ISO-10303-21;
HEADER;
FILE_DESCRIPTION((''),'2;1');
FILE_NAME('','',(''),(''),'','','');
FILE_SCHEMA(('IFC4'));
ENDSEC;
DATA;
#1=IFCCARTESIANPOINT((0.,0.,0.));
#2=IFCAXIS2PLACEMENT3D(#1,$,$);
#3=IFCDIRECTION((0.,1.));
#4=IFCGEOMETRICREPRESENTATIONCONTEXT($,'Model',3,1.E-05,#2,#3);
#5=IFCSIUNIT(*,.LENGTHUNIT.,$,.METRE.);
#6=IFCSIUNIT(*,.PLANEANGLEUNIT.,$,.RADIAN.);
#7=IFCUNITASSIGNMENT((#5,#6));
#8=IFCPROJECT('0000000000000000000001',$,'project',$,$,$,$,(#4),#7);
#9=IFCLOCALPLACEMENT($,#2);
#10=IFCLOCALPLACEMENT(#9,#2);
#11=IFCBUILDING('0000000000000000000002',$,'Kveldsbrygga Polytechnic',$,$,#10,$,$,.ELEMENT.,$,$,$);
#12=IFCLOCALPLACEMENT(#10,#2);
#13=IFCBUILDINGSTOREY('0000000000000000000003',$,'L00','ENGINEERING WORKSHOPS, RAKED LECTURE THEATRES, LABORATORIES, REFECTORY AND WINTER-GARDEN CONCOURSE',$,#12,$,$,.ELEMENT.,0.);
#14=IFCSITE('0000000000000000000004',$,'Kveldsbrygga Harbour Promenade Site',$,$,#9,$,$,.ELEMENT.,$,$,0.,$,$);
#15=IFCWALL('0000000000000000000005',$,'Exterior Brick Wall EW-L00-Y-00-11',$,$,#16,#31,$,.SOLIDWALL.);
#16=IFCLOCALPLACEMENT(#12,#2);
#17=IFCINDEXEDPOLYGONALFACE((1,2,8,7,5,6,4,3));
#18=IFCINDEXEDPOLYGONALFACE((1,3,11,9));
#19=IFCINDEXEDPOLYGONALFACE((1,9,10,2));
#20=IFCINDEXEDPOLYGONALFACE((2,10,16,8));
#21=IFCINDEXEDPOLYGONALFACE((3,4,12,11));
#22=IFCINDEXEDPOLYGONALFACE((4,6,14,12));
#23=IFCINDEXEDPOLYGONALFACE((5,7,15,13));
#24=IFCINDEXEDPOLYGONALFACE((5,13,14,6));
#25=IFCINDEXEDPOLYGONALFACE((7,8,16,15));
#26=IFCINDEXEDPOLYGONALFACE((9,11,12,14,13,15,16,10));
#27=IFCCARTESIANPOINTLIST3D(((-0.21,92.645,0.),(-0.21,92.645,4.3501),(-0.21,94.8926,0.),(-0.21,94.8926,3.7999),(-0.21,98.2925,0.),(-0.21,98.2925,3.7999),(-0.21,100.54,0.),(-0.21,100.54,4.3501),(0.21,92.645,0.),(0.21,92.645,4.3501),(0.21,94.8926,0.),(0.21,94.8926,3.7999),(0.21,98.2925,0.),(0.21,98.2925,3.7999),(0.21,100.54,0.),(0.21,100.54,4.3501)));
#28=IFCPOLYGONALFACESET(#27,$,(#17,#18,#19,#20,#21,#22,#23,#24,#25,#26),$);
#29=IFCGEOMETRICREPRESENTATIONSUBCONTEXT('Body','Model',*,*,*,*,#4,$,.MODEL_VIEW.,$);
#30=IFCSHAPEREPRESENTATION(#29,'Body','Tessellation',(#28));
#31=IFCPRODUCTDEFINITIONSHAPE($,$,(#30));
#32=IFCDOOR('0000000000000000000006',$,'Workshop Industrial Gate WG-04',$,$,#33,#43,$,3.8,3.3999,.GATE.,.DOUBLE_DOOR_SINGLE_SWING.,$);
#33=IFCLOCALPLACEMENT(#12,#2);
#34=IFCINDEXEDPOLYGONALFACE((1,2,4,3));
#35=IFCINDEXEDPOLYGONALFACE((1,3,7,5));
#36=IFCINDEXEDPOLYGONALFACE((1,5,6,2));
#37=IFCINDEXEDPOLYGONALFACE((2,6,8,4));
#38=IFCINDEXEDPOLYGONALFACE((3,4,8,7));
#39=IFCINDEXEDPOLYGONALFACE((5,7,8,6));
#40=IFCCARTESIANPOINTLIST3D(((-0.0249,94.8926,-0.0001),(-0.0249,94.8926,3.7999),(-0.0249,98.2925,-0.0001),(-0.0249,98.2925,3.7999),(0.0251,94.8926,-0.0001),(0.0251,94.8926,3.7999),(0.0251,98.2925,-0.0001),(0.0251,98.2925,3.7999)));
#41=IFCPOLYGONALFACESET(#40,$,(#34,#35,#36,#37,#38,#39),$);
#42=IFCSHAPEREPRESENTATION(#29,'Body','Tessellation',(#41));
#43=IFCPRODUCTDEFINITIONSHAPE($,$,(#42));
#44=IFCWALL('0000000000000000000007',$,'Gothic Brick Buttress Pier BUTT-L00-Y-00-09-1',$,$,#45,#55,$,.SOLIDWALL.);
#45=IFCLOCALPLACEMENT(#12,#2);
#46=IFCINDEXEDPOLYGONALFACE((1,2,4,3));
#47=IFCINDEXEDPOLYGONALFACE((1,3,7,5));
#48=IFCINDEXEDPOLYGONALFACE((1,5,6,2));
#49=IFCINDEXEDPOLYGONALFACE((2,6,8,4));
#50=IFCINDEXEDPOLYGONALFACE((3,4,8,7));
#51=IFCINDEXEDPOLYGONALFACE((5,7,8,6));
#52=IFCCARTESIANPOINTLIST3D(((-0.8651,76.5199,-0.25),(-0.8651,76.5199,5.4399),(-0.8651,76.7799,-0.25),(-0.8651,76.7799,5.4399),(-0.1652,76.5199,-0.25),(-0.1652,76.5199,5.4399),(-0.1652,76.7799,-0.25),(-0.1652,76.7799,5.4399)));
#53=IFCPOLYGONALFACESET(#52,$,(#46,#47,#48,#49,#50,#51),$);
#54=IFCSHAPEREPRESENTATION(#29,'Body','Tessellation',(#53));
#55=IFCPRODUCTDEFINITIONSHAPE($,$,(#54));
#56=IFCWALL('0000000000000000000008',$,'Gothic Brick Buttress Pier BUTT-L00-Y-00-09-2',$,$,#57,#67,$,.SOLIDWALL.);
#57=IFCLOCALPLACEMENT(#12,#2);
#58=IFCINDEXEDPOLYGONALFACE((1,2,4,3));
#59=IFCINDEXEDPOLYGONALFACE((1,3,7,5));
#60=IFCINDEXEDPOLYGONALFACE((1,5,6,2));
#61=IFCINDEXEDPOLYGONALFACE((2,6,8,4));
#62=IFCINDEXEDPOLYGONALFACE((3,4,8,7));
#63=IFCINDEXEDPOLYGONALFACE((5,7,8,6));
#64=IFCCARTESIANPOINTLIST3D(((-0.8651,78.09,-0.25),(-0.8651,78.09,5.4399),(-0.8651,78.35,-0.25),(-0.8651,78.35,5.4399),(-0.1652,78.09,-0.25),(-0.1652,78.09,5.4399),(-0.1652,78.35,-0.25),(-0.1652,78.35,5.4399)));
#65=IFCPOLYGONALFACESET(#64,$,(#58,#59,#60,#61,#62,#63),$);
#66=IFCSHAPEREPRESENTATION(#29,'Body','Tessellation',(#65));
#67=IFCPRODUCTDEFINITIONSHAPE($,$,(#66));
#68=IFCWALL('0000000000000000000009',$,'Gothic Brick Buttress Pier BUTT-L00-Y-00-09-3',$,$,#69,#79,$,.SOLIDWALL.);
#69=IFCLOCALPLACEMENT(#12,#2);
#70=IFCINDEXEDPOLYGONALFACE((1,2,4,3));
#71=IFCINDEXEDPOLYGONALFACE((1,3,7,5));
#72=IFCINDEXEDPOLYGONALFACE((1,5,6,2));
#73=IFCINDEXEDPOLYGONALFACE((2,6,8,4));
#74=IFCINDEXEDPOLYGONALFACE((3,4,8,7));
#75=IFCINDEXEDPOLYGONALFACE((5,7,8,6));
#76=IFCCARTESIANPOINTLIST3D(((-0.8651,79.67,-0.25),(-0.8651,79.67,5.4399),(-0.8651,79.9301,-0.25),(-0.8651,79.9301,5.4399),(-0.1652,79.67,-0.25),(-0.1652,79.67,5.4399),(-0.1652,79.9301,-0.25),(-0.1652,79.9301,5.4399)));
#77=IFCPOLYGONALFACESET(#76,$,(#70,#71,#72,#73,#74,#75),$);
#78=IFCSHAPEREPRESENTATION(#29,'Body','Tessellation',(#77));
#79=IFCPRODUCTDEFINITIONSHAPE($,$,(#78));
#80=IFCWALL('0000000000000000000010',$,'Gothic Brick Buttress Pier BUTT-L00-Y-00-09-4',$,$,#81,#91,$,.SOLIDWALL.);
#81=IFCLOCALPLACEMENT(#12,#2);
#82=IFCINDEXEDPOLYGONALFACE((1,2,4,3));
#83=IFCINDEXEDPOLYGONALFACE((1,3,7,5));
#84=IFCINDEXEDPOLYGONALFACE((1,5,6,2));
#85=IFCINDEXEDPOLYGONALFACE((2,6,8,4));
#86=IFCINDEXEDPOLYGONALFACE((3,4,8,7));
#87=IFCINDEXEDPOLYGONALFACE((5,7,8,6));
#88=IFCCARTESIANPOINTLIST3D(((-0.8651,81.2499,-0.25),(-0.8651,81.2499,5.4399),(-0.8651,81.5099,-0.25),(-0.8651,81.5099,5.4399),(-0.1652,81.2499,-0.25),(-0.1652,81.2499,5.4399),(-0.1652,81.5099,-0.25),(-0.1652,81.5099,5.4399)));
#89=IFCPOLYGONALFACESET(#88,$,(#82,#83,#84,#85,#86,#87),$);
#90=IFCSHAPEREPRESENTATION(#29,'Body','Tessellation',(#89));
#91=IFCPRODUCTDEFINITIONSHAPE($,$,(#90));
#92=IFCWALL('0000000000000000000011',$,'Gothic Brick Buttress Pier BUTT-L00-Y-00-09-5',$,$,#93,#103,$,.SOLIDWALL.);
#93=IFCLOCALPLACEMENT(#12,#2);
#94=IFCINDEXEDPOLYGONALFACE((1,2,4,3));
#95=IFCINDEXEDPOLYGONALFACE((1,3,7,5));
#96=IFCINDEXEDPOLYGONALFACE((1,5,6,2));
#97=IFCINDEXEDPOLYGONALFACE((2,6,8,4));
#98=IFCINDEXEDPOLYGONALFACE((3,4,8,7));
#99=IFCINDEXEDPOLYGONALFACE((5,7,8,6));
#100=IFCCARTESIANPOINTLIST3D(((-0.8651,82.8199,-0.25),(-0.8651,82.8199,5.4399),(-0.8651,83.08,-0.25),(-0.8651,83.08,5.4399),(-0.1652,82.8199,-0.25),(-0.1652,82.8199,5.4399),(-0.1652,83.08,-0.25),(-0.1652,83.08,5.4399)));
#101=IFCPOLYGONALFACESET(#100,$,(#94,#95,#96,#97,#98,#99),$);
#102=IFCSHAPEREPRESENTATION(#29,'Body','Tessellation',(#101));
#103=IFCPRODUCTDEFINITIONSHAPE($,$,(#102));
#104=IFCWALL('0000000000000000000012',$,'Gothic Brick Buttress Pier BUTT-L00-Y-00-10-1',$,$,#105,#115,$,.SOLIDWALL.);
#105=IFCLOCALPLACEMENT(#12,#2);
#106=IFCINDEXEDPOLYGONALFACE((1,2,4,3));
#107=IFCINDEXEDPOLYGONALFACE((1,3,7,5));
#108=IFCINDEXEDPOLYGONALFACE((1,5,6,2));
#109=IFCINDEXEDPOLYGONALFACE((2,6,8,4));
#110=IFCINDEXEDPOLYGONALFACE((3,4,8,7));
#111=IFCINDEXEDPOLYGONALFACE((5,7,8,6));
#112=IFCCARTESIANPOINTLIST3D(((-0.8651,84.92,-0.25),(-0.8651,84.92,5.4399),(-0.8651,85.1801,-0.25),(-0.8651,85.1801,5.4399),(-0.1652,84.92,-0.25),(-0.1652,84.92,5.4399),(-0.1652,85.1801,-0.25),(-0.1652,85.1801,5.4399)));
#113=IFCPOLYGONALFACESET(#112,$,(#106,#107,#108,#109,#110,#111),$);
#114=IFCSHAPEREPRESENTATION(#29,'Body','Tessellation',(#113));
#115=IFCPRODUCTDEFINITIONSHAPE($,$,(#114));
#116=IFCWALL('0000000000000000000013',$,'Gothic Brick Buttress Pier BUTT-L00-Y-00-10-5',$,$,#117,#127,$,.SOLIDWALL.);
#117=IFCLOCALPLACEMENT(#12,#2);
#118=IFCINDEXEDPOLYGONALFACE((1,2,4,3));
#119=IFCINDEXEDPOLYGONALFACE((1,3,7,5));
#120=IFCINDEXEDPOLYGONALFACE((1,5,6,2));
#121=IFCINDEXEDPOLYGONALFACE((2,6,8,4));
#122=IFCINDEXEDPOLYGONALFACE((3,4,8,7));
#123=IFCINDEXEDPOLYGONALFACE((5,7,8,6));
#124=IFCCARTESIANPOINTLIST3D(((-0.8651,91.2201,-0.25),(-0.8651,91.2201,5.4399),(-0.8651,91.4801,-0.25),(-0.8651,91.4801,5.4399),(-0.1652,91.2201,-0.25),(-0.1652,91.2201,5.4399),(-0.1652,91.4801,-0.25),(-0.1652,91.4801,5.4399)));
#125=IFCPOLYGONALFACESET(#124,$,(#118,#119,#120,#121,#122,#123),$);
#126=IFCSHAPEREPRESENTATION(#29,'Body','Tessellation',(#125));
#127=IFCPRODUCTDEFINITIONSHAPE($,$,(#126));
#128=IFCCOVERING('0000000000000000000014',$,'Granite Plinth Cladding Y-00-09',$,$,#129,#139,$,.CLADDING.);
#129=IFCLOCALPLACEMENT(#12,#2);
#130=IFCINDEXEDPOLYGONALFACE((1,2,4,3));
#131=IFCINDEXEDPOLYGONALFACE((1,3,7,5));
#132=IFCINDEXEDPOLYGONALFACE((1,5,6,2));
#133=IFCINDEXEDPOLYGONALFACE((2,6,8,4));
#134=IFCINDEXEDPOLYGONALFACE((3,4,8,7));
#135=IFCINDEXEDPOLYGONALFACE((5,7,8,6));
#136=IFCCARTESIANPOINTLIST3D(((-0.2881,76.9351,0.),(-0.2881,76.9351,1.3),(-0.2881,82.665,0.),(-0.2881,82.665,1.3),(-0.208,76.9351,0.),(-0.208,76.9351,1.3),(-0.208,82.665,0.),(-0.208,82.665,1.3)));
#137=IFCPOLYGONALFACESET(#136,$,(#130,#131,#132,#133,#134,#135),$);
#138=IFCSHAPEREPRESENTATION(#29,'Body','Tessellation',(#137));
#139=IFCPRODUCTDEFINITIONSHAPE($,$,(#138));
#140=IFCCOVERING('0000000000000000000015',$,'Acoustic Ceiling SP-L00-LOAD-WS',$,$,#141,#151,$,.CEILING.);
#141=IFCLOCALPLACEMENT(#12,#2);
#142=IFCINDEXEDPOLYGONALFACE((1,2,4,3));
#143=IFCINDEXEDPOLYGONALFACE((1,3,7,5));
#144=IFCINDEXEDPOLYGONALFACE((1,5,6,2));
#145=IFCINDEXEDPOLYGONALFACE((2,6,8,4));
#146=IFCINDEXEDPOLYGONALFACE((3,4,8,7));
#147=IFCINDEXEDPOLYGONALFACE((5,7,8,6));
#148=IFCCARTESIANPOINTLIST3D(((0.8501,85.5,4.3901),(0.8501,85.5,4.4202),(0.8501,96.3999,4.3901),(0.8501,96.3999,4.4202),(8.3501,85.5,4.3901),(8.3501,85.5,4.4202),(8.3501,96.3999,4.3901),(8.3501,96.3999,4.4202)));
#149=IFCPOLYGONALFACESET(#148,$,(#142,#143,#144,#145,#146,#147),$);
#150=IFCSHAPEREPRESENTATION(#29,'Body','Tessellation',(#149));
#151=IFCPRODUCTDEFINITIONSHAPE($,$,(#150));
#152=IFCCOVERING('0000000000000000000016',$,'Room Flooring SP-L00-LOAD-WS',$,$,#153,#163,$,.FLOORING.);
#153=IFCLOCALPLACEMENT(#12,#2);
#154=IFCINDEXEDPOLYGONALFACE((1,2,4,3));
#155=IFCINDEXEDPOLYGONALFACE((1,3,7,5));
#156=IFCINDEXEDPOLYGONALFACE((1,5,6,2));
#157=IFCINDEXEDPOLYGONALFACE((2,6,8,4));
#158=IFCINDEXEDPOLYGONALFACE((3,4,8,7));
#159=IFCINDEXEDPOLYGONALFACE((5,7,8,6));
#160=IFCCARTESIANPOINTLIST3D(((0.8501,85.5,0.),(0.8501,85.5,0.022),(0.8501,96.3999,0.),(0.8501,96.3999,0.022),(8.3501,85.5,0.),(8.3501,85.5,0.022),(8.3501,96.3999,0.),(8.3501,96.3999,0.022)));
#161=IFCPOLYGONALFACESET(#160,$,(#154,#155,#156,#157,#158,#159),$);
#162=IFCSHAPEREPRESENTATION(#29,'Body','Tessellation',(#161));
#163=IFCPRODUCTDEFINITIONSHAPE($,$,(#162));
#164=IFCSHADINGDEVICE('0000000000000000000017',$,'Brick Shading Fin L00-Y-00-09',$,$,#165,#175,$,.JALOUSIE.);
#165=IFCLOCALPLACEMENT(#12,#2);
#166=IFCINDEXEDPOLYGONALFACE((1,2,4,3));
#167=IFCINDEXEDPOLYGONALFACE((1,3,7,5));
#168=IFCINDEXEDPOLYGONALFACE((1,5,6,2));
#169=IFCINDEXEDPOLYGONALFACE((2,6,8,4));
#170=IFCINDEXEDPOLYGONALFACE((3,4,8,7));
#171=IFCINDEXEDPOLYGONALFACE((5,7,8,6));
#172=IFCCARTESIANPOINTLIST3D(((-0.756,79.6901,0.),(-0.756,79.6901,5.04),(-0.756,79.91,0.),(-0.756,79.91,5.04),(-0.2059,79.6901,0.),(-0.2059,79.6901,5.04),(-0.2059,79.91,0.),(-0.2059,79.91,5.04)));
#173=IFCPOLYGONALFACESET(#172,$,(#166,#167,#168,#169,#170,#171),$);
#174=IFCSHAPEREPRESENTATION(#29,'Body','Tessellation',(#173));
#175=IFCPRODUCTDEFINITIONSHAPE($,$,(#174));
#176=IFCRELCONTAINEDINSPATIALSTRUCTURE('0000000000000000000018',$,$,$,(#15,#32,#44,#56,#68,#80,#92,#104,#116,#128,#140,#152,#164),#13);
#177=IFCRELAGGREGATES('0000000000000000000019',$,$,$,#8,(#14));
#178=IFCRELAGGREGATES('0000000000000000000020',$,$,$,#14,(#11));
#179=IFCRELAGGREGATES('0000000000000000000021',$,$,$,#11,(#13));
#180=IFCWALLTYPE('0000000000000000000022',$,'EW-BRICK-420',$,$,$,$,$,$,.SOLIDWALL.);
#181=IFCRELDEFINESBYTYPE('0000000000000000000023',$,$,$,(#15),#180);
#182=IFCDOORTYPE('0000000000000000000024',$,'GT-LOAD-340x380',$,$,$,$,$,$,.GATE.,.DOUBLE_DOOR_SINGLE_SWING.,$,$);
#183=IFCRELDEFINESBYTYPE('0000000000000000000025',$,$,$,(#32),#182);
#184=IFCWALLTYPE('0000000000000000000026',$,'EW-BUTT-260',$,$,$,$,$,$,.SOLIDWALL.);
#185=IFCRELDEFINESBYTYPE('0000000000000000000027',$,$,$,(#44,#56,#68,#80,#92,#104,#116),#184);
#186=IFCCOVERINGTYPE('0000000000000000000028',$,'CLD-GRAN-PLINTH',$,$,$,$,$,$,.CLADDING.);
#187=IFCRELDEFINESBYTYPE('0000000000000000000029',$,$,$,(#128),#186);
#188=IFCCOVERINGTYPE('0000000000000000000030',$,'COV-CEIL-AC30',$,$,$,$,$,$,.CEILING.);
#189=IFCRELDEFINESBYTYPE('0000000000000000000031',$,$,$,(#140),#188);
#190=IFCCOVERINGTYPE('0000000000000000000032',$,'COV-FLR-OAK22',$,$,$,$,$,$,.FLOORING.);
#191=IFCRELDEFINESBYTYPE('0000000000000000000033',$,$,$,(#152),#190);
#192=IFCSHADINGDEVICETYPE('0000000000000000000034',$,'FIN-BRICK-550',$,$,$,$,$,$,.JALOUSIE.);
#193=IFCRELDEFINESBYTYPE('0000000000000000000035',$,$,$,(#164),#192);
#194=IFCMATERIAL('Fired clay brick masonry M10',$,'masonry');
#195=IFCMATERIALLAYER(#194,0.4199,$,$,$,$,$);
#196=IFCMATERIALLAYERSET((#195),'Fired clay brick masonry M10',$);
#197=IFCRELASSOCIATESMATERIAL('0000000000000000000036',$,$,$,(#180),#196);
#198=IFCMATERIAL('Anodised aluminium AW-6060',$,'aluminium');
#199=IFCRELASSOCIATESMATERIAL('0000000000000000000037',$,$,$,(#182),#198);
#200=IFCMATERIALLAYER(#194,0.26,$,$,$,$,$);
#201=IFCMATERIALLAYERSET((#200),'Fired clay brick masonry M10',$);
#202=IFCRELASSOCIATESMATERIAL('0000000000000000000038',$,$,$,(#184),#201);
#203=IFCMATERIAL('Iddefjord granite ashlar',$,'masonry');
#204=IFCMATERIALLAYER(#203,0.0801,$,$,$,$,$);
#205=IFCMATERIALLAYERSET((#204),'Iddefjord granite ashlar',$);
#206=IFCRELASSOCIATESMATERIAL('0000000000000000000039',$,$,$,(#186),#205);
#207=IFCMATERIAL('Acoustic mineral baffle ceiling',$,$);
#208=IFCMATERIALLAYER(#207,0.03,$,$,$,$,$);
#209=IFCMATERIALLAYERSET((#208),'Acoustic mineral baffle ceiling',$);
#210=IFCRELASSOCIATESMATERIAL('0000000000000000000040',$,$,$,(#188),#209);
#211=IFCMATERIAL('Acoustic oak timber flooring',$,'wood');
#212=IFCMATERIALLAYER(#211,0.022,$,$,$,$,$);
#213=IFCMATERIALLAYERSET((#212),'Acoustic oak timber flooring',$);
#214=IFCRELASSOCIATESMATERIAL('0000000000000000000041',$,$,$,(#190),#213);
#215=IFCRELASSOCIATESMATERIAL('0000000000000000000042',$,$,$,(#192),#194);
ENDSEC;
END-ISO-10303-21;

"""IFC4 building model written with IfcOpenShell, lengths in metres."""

from ifc_helpers import new_model, si_unit, direction, frame, frame_2d, origin, origin_2d, place, context, subcontext, project, spatial, rectangle, extrude, material, layer, layer_set, type_object, element, fill, save


model = new_model("IFC4")

# Units and contexts
model_context = context("Model", 3, precision=1e-05, world=origin(), true_north=direction((0.0, 1.0)))
body_context = subcontext(model_context, "Body", "Model", "MODEL_VIEW")
ifc_project = project(units=[si_unit("LENGTHUNIT", "METRE"), si_unit("PLANEANGLEUNIT", "RADIAN")], contexts=[model_context])

# Site, building, storey
site_placement = place(None, origin())
site = spatial("IfcSite", under=ifc_project, at=site_placement, Name="Kveldsbrygga Harbour Promenade Site", CompositionType="ELEMENT", RefElevation=0.0)
building_placement = place(site_placement, origin())
building = spatial("IfcBuilding", under=site, at=building_placement, Name="Kveldsbrygga Polytechnic", CompositionType="ELEMENT")
storey_placement = place(building_placement, origin())
storey = spatial("IfcBuildingStorey", under=building, at=storey_placement, Name="L00", Description="ENGINEERING WORKSHOPS, RAKED LECTURE THEATRES, LABORATORIES, REFECTORY AND WINTER-GARDEN CONCOURSE", CompositionType="ELEMENT", Elevation=0.0)

# Shared definitions
ifc_material_1 = material(Name="Fired clay brick masonry M10", Category="masonry")
ifc_layer_1 = layer(ifc_material_1, 0.4199)
ifc_layer_set_1 = layer_set([ifc_layer_1], Name="Fired clay brick masonry M10")
wall_type_1 = type_object("IfcWallType", Name="EW-BRICK-420", PredefinedType="SOLIDWALL", material=ifc_layer_set_1)

# Wall, opening, door
ifc_material_2 = material(Name="Anodised aluminium AW-6060", Category="aluminium")
door_type_1 = type_object("IfcDoorType", Name="GT-LOAD-340x380", OperationType="DOUBLE_DOOR_SINGLE_SWING", PredefinedType="GATE", material=ifc_material_2)
wall_1_placement = place(storey_placement, frame((0.0, 92.645, 0.0), z_axis=(0.0, 0.0, 1.0), x_axis=(0.0, 1.0, 0.0)))
wall_1 = element("IfcWall", 1, at=wall_1_placement, inside=storey, type_object=wall_type_1, Name="Exterior Brick Wall EW-L00-Y-00-11", PredefinedType="SOLIDWALL", context=body_context, shape_type="SweptSolid", body=[
    extrude(rectangle(XDim=7.895, YDim=0.4199, at=frame_2d((3.9475, 0.0))), origin(), (0.0, 0.0, 1.0), 4.3501),
])
opening_1_placement = place(wall_1_placement, frame((2.2476, 0.0, 0.0)))
opening_1 = element("IfcOpeningElement", 2, at=opening_1_placement, cuts=wall_1, PredefinedType="OPENING", context=body_context, shape_type="SweptSolid", body=[
    extrude(rectangle(XDim=3.3999, YDim=3.8, at=frame_2d((1.7, 1.8999))), frame((0.0, 0.22, 0.0), z_axis=(0.0, -1.0, 0.0), x_axis=(1.0, 0.0, 0.0)), (0.0, 0.0, 1.0), 0.4399),
])
door_1_placement = place(opening_1_placement, origin())
door_1 = element("IfcDoor", 3, at=door_1_placement, inside=storey, type_object=door_type_1, Name="Workshop Industrial Gate WG-04", OperationType="DOUBLE_DOOR_SINGLE_SWING", OverallHeight=3.8, OverallWidth=3.3999, PredefinedType="GATE", context=body_context, shape_type="SweptSolid", body=[
    extrude(rectangle(XDim=3.3999, YDim=3.8, at=frame_2d((1.7, 1.8999))), frame((0.0, 0.0249, 0.0), z_axis=(0.0, -1.0, 0.0), x_axis=(1.0, 0.0, 0.0)), (0.0, 0.0, 1.0), 0.05),
])
fill(opening_1, door_1)

# Walls
ifc_layer_2 = layer(ifc_material_1, 0.26)
ifc_layer_set_2 = layer_set([ifc_layer_2], Name="Fired clay brick masonry M10")
wall_type_2 = type_object("IfcWallType", Name="EW-BUTT-260", PredefinedType="SOLIDWALL", material=ifc_layer_set_2)
for number, where, z_axis, x_axis, name in (
    (4, (-0.165, 76.6499, -0.25), (0.0, 0.0, 1.0), (-1.0, 0.0, 0.0), "Gothic Brick Buttress Pier BUTT-L00-Y-00-09-1"),
    (5, (-0.165, 78.22, -0.25), (0.0, 0.0, 1.0), (-1.0, 0.0, 0.0), "Gothic Brick Buttress Pier BUTT-L00-Y-00-09-2"),
    (6, (-0.165, 79.8, -0.25), (0.0, 0.0, 1.0), (-1.0, 0.0, 0.0), "Gothic Brick Buttress Pier BUTT-L00-Y-00-09-3"),
    (7, (-0.165, 81.3799, -0.25), (0.0, 0.0, 1.0), (-1.0, 0.0, 0.0), "Gothic Brick Buttress Pier BUTT-L00-Y-00-09-4"),
    (8, (-0.165, 82.95, -0.25), (0.0, 0.0, 1.0), (-1.0, 0.0, 0.0), "Gothic Brick Buttress Pier BUTT-L00-Y-00-09-5"),
    (9, (-0.165, 85.05, -0.25), (0.0, 0.0, 1.0), (-1.0, 0.0, 0.0), "Gothic Brick Buttress Pier BUTT-L00-Y-00-10-1"),
    (10, (-0.165, 91.3501, -0.25), (0.0, 0.0, 1.0), (-1.0, 0.0, 0.0), "Gothic Brick Buttress Pier BUTT-L00-Y-00-10-5"),
):
    element("IfcWall", number, at=place(storey_placement, frame(where, z_axis=z_axis, x_axis=x_axis)), inside=storey, type_object=wall_type_2, Name=name, PredefinedType="SOLIDWALL", context=body_context, shape_type="SweptSolid", body=[
        extrude(rectangle(XDim=0.7, YDim=0.26, at=frame_2d((0.3501, 0.0))), origin(), (0.0, 0.0, 1.0), 5.6899),
    ])

# Coverings
ifc_material_3 = material(Name="Iddefjord granite ashlar", Category="masonry")
ifc_layer_3 = layer(ifc_material_3, 0.0801)
ifc_layer_set_3 = layer_set([ifc_layer_3], Name="Iddefjord granite ashlar")
covering_type_1 = type_object("IfcCoveringType", Name="CLD-GRAN-PLINTH", PredefinedType="CLADDING", material=ifc_layer_set_3)
covering_1_placement = place(storey_placement, frame((-0.248, 79.8, 0.0), z_axis=(0.0, 0.0, 1.0), x_axis=(0.0, 1.0, 0.0)))
element("IfcCovering", 11, at=covering_1_placement, inside=storey, type_object=covering_type_1, Name="Granite Plinth Cladding Y-00-09", PredefinedType="CLADDING", context=body_context, shape_type="SweptSolid", body=[
    extrude(rectangle(XDim=5.73, YDim=0.0801, at=origin_2d()), origin(), (0.0, 0.0, 1.0), 1.3),
])
ifc_material_4 = material(Name="Acoustic mineral baffle ceiling")
ifc_layer_4 = layer(ifc_material_4, 0.03)
ifc_layer_set_4 = layer_set([ifc_layer_4], Name="Acoustic mineral baffle ceiling")
covering_type_2 = type_object("IfcCoveringType", Name="COV-CEIL-AC30", PredefinedType="CEILING", material=ifc_layer_set_4)
covering_2_placement = place(storey_placement, frame((4.6001, 90.95, 4.3901), z_axis=(0.0, 0.0, 1.0), x_axis=(1.0, 0.0, 0.0)))
element("IfcCovering", 12, at=covering_2_placement, inside=storey, type_object=covering_type_2, Name="Acoustic Ceiling SP-L00-LOAD-WS", PredefinedType="CEILING", context=body_context, shape_type="SweptSolid", body=[
    extrude(rectangle(XDim=7.5, YDim=10.8999, at=origin_2d()), origin(), (0.0, 0.0, 1.0), 0.03),
])
ifc_material_5 = material(Name="Acoustic oak timber flooring", Category="wood")
ifc_layer_5 = layer(ifc_material_5, 0.022)
ifc_layer_set_5 = layer_set([ifc_layer_5], Name="Acoustic oak timber flooring")
covering_type_3 = type_object("IfcCoveringType", Name="COV-FLR-OAK22", PredefinedType="FLOORING", material=ifc_layer_set_5)
covering_3_placement = place(storey_placement, frame((4.6001, 90.95, 0.0), z_axis=(0.0, 0.0, 1.0), x_axis=(1.0, 0.0, 0.0)))
element("IfcCovering", 13, at=covering_3_placement, inside=storey, type_object=covering_type_3, Name="Room Flooring SP-L00-LOAD-WS", PredefinedType="FLOORING", context=body_context, shape_type="SweptSolid", body=[
    extrude(rectangle(XDim=7.5, YDim=10.8999, at=origin_2d()), origin(), (0.0, 0.0, 1.0), 0.022),
])

# Shading device
shading_device_type = type_object("IfcShadingDeviceType", Name="FIN-BRICK-550", PredefinedType="JALOUSIE", material=ifc_material_1)
shading_device_placement = place(storey_placement, frame((-0.481, 79.8, 0.0), z_axis=(0.0, 0.0, 1.0), x_axis=(0.0, 1.0, 0.0)))
element("IfcShadingDevice", 14, at=shading_device_placement, inside=storey, type_object=shading_device_type, Name="Brick Shading Fin L00-Y-00-09", PredefinedType="JALOUSIE", context=body_context, shape_type="SweptSolid", body=[
    extrude(rectangle(XDim=0.22, YDim=0.55, at=origin_2d()), origin(), (0.0, 0.0, 1.0), 5.04),
])

save(model, "model.ifc")
